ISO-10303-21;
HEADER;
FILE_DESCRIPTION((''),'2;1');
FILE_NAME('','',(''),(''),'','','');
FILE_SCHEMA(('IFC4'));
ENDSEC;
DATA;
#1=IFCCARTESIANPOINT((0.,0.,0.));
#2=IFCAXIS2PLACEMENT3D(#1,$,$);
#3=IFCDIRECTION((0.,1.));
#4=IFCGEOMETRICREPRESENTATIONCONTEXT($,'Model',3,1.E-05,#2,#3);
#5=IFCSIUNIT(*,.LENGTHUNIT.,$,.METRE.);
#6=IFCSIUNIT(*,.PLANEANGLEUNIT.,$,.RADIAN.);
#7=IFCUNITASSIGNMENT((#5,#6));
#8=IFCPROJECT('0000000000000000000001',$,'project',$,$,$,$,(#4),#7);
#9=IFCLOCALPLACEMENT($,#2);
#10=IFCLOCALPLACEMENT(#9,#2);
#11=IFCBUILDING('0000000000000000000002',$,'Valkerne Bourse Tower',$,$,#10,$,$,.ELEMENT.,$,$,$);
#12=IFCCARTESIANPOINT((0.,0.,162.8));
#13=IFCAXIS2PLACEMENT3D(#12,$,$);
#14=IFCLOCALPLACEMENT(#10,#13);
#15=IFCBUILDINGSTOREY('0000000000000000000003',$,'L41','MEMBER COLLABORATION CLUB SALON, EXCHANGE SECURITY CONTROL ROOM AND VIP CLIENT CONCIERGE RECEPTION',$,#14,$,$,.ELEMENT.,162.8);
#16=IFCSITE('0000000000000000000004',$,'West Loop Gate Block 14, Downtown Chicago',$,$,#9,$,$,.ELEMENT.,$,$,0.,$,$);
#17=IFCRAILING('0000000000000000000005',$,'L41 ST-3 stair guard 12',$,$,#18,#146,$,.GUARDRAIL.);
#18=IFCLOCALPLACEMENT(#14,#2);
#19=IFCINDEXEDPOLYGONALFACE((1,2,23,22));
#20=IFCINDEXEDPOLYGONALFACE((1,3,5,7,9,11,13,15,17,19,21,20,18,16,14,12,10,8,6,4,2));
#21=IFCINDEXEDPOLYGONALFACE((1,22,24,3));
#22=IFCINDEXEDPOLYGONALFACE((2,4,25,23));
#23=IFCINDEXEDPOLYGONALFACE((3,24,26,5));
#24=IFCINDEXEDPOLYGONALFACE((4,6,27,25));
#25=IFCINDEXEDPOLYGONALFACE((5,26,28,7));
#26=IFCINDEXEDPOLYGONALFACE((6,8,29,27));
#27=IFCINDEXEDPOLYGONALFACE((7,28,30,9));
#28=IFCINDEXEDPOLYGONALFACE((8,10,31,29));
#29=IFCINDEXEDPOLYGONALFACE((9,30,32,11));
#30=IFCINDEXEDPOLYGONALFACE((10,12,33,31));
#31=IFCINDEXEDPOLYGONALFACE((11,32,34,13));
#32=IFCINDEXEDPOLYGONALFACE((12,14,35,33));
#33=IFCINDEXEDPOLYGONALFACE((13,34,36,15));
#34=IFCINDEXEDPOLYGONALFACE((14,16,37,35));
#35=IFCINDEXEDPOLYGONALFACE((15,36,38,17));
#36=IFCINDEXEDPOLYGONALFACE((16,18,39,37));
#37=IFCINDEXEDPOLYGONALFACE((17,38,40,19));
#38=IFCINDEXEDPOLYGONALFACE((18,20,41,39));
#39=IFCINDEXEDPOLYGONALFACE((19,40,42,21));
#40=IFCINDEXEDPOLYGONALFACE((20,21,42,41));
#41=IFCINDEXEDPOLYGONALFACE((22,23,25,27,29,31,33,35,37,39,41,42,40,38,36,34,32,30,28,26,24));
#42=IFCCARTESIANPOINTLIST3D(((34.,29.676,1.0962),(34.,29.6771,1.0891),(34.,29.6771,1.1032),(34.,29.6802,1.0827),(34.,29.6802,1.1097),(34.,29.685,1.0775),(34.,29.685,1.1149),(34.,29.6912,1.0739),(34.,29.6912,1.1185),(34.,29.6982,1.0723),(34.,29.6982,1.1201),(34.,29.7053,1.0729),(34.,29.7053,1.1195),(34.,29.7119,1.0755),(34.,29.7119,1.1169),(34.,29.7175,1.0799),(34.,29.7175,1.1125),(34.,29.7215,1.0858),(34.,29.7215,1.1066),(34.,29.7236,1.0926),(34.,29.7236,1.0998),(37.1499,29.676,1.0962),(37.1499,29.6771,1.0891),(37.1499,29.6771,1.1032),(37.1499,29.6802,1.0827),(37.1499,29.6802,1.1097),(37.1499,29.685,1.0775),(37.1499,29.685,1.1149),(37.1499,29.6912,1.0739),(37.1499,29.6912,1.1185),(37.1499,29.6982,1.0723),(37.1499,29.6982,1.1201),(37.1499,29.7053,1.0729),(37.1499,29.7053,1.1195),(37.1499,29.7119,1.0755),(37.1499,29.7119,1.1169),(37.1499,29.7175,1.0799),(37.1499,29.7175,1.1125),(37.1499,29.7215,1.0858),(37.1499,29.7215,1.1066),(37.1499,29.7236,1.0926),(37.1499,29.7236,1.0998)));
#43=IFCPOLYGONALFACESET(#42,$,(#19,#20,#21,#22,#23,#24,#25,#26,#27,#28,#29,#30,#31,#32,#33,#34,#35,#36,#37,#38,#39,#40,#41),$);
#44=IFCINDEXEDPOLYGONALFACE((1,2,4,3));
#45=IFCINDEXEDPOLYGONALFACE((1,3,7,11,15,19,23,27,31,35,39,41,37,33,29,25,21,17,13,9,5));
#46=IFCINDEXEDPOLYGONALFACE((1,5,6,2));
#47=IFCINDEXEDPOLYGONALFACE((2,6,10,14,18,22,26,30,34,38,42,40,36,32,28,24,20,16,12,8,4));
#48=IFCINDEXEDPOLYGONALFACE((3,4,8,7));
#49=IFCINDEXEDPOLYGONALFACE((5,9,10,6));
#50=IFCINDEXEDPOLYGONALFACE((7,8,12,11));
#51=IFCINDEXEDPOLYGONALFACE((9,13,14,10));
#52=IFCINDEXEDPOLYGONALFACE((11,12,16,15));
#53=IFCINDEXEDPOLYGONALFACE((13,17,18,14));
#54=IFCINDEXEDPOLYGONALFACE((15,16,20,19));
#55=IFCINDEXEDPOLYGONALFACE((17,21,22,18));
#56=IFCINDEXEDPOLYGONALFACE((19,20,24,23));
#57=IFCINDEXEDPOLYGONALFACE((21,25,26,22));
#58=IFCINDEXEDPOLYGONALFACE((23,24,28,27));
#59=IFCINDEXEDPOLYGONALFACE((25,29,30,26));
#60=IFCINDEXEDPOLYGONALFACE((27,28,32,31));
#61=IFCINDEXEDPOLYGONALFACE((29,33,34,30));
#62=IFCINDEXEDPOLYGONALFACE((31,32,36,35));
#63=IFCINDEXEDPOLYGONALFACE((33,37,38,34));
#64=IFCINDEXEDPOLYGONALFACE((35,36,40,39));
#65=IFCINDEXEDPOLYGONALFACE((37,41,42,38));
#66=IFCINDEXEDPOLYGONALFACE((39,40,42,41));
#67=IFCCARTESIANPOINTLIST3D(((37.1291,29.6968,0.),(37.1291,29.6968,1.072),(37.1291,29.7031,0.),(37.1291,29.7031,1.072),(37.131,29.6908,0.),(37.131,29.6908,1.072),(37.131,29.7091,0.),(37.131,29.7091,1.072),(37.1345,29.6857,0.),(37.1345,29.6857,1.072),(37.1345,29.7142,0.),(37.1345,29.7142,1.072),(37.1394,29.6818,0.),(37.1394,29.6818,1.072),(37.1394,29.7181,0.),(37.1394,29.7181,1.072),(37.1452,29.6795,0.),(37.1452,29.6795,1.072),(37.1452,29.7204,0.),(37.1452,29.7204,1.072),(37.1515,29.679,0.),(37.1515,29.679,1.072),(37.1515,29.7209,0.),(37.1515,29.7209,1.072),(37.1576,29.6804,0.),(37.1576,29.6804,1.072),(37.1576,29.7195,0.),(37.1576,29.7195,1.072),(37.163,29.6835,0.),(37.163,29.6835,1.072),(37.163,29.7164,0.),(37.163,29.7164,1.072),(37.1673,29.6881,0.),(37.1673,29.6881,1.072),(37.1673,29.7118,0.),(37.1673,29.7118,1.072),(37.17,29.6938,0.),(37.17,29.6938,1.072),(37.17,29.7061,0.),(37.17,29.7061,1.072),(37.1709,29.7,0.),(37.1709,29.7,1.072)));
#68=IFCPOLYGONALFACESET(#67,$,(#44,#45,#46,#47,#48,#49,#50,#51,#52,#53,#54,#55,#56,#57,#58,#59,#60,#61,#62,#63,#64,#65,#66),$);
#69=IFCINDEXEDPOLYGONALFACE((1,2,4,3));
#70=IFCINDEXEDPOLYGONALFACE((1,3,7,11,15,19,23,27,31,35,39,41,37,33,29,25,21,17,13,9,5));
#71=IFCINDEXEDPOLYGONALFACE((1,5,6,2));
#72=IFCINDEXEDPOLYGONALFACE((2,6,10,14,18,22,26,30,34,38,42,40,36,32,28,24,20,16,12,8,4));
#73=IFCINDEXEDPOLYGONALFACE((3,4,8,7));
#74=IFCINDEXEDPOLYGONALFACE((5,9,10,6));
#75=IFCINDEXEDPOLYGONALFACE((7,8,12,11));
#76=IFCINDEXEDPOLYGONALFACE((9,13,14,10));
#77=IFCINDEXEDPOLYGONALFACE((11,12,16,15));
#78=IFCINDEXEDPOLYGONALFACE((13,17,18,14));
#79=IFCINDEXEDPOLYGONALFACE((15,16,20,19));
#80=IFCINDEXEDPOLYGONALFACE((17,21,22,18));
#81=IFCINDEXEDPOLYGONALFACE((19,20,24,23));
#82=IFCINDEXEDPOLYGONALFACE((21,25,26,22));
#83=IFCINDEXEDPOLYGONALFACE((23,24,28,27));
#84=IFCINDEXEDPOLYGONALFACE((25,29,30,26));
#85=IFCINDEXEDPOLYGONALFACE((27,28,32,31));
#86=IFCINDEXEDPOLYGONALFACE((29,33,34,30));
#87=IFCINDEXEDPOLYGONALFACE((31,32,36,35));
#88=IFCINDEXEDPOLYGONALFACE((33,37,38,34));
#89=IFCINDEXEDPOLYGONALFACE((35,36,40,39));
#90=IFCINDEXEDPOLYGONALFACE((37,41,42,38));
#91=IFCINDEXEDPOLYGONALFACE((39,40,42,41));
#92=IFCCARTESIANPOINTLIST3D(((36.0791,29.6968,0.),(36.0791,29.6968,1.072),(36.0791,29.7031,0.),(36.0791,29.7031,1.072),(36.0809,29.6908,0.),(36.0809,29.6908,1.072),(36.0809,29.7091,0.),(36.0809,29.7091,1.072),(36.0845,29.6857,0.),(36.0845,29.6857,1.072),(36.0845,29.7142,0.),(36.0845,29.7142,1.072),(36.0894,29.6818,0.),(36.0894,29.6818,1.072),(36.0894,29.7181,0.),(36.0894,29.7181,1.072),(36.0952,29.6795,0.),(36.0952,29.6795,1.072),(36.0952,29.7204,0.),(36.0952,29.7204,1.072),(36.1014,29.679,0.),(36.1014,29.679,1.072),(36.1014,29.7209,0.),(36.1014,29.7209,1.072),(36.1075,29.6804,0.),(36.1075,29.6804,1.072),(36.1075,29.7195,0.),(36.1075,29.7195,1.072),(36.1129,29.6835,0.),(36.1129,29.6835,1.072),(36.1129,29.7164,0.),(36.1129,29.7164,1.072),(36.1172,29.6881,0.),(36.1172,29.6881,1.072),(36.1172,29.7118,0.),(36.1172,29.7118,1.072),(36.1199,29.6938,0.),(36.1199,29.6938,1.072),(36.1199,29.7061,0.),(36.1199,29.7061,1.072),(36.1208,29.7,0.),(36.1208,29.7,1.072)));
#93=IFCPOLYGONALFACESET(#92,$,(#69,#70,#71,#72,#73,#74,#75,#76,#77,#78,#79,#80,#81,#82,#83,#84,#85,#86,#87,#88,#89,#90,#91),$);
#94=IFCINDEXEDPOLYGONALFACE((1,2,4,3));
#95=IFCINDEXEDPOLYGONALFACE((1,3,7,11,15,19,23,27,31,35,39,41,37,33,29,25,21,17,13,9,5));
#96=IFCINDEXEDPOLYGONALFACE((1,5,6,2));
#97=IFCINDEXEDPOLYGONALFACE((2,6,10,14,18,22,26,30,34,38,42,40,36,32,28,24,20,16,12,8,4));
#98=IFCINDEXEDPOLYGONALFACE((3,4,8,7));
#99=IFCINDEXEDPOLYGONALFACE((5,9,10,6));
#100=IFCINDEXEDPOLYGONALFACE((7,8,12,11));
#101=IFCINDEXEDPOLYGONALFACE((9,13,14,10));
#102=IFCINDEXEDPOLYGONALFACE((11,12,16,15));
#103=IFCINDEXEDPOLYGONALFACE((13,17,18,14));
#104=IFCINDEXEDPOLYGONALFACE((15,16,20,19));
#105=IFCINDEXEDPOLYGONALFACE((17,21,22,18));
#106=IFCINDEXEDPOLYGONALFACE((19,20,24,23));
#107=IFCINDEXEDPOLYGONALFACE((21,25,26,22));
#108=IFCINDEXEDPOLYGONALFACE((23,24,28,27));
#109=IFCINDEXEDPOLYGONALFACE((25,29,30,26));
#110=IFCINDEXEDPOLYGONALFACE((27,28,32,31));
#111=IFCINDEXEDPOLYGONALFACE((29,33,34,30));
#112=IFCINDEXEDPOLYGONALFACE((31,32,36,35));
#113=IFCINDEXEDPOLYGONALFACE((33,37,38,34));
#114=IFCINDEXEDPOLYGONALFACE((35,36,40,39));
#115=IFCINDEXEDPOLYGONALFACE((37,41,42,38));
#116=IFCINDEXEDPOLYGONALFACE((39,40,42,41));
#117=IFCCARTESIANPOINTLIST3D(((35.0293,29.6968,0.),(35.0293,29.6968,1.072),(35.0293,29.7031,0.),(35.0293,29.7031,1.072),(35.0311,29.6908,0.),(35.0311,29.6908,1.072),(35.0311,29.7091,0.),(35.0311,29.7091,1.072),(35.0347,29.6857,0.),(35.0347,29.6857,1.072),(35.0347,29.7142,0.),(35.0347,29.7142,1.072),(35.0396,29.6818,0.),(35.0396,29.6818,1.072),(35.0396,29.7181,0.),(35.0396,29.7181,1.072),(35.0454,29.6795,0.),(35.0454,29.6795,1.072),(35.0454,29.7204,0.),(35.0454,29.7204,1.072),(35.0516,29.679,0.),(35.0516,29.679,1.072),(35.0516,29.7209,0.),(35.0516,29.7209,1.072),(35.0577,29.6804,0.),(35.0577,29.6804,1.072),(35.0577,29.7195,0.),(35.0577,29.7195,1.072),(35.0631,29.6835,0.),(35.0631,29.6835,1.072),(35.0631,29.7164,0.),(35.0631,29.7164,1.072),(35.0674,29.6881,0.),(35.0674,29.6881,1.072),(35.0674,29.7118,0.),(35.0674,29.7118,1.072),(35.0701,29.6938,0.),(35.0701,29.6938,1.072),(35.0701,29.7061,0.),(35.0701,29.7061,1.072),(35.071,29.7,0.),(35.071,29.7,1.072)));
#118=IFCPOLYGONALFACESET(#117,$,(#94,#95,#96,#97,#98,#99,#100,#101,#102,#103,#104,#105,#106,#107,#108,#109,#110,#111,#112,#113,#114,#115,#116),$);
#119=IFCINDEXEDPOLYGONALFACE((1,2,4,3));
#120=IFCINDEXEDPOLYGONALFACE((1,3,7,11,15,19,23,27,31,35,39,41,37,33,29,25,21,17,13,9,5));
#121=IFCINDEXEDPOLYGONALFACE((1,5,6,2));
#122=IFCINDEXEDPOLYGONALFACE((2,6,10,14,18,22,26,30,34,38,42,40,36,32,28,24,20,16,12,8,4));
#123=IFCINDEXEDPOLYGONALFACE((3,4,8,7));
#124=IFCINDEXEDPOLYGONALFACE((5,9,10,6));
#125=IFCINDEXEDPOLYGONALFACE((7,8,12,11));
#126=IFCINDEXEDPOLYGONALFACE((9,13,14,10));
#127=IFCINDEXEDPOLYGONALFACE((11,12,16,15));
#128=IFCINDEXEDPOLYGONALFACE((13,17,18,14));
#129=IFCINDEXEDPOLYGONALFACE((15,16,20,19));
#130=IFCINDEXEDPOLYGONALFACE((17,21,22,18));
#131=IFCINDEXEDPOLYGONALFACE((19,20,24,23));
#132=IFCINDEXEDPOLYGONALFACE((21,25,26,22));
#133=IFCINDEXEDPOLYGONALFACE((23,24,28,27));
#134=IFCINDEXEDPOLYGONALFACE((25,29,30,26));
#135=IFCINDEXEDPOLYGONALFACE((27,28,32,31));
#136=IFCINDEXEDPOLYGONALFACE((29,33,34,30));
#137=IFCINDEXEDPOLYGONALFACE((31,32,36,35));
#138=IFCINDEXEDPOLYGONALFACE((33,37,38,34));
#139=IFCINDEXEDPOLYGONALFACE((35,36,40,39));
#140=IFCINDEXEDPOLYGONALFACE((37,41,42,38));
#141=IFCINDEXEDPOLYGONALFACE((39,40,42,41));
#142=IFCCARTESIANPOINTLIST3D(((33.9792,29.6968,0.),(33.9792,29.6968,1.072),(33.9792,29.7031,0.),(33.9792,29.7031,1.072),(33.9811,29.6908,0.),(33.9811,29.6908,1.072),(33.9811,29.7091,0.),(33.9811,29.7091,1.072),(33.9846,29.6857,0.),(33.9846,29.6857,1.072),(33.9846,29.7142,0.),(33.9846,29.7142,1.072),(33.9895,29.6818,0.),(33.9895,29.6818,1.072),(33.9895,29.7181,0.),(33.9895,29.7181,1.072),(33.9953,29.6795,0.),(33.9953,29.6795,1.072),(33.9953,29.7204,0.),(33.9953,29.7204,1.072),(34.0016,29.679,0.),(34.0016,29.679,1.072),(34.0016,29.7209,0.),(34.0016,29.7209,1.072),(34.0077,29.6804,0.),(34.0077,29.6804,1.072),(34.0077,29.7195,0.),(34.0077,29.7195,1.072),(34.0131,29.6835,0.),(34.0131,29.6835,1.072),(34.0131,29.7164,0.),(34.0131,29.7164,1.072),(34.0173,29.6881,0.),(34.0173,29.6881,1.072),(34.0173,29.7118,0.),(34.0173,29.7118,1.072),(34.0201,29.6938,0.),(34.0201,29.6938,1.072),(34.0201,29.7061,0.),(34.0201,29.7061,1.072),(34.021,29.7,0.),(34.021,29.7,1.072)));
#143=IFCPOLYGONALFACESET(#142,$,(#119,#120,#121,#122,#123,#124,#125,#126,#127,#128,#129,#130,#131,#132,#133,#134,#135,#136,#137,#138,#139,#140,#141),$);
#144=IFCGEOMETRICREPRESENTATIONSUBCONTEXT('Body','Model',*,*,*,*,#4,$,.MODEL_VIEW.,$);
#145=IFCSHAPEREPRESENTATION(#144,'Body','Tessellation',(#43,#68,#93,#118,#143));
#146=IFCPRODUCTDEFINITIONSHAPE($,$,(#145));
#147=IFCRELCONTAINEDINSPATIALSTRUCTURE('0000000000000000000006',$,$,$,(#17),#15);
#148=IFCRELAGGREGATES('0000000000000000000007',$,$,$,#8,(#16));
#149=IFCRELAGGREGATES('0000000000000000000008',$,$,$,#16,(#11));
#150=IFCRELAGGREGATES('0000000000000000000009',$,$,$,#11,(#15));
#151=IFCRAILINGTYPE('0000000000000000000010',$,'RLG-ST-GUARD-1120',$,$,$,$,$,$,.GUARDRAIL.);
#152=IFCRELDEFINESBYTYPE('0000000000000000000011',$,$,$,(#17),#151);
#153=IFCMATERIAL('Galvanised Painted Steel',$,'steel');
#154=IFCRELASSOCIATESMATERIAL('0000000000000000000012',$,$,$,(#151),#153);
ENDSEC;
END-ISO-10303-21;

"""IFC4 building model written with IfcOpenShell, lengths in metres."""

from ifc_helpers import new_model, si_unit, direction, frame, origin, origin_2d, place, context, subcontext, project, spatial, circle, extrude, material, type_object, element, save


model = new_model("IFC4")

# Units and contexts
model_context = context("Model", 3, precision=1e-05, world=origin(), true_north=direction((0.0, 1.0)))
body_context = subcontext(model_context, "Body", "Model", "MODEL_VIEW")
ifc_project = project(units=[si_unit("LENGTHUNIT", "METRE"), si_unit("PLANEANGLEUNIT", "RADIAN")], contexts=[model_context])

# Site, building, storey
site_placement = place(None, origin())
site = spatial("IfcSite", under=ifc_project, at=site_placement, Name="West Loop Gate Block 14, Downtown Chicago", CompositionType="ELEMENT", RefElevation=0.0)
building_placement = place(site_placement, origin())
building = spatial("IfcBuilding", under=site, at=building_placement, Name="Valkerne Bourse Tower", CompositionType="ELEMENT")
storey_placement = place(building_placement, frame((0.0, 0.0, 162.8)))
storey = spatial("IfcBuildingStorey", under=building, at=storey_placement, Name="L41", Description="MEMBER COLLABORATION CLUB SALON, EXCHANGE SECURITY CONTROL ROOM AND VIP CLIENT CONCIERGE RECEPTION", CompositionType="ELEMENT", Elevation=162.8)

# Railing
ifc_material_1 = material(Name="Galvanised Painted Steel", Category="steel")
railing_type_1 = type_object("IfcRailingType", Name="RLG-ST-GUARD-1120", PredefinedType="GUARDRAIL", material=ifc_material_1)
railing_1_placement = place(storey_placement, frame((37.1499, 29.7, 0.0)))
element("IfcRailing", 1, at=railing_1_placement, inside=storey, type_object=railing_type_1, Name="L41 ST-3 stair guard 12", PredefinedType="GUARDRAIL", context=body_context, shape_type="SweptSolid", body=[
    extrude(circle(Radius=0.0239, at=origin_2d()), frame((0.0, 0.0, 1.0962), z_axis=(-1.0, 0.0, 0.0), x_axis=(0.0, -1.0, 0.0)), (0.0, 0.0, 1.0), 3.1499),
    extrude(circle(Radius=0.021, at=origin_2d()), origin(), (0.0, 0.0, 1.0), 1.072),
    extrude(circle(Radius=0.021, at=origin_2d()), frame((-1.05, 0.0, 0.0)), (0.0, 0.0, 1.0), 1.072),
    extrude(circle(Radius=0.021, at=origin_2d()), frame((-2.0999, 0.0, 0.0)), (0.0, 0.0, 1.0), 1.072),
    extrude(circle(Radius=0.021, at=origin_2d()), frame((-3.1499, 0.0, 0.0)), (0.0, 0.0, 1.0), 1.072),
])

save(model, "model.ifc")
